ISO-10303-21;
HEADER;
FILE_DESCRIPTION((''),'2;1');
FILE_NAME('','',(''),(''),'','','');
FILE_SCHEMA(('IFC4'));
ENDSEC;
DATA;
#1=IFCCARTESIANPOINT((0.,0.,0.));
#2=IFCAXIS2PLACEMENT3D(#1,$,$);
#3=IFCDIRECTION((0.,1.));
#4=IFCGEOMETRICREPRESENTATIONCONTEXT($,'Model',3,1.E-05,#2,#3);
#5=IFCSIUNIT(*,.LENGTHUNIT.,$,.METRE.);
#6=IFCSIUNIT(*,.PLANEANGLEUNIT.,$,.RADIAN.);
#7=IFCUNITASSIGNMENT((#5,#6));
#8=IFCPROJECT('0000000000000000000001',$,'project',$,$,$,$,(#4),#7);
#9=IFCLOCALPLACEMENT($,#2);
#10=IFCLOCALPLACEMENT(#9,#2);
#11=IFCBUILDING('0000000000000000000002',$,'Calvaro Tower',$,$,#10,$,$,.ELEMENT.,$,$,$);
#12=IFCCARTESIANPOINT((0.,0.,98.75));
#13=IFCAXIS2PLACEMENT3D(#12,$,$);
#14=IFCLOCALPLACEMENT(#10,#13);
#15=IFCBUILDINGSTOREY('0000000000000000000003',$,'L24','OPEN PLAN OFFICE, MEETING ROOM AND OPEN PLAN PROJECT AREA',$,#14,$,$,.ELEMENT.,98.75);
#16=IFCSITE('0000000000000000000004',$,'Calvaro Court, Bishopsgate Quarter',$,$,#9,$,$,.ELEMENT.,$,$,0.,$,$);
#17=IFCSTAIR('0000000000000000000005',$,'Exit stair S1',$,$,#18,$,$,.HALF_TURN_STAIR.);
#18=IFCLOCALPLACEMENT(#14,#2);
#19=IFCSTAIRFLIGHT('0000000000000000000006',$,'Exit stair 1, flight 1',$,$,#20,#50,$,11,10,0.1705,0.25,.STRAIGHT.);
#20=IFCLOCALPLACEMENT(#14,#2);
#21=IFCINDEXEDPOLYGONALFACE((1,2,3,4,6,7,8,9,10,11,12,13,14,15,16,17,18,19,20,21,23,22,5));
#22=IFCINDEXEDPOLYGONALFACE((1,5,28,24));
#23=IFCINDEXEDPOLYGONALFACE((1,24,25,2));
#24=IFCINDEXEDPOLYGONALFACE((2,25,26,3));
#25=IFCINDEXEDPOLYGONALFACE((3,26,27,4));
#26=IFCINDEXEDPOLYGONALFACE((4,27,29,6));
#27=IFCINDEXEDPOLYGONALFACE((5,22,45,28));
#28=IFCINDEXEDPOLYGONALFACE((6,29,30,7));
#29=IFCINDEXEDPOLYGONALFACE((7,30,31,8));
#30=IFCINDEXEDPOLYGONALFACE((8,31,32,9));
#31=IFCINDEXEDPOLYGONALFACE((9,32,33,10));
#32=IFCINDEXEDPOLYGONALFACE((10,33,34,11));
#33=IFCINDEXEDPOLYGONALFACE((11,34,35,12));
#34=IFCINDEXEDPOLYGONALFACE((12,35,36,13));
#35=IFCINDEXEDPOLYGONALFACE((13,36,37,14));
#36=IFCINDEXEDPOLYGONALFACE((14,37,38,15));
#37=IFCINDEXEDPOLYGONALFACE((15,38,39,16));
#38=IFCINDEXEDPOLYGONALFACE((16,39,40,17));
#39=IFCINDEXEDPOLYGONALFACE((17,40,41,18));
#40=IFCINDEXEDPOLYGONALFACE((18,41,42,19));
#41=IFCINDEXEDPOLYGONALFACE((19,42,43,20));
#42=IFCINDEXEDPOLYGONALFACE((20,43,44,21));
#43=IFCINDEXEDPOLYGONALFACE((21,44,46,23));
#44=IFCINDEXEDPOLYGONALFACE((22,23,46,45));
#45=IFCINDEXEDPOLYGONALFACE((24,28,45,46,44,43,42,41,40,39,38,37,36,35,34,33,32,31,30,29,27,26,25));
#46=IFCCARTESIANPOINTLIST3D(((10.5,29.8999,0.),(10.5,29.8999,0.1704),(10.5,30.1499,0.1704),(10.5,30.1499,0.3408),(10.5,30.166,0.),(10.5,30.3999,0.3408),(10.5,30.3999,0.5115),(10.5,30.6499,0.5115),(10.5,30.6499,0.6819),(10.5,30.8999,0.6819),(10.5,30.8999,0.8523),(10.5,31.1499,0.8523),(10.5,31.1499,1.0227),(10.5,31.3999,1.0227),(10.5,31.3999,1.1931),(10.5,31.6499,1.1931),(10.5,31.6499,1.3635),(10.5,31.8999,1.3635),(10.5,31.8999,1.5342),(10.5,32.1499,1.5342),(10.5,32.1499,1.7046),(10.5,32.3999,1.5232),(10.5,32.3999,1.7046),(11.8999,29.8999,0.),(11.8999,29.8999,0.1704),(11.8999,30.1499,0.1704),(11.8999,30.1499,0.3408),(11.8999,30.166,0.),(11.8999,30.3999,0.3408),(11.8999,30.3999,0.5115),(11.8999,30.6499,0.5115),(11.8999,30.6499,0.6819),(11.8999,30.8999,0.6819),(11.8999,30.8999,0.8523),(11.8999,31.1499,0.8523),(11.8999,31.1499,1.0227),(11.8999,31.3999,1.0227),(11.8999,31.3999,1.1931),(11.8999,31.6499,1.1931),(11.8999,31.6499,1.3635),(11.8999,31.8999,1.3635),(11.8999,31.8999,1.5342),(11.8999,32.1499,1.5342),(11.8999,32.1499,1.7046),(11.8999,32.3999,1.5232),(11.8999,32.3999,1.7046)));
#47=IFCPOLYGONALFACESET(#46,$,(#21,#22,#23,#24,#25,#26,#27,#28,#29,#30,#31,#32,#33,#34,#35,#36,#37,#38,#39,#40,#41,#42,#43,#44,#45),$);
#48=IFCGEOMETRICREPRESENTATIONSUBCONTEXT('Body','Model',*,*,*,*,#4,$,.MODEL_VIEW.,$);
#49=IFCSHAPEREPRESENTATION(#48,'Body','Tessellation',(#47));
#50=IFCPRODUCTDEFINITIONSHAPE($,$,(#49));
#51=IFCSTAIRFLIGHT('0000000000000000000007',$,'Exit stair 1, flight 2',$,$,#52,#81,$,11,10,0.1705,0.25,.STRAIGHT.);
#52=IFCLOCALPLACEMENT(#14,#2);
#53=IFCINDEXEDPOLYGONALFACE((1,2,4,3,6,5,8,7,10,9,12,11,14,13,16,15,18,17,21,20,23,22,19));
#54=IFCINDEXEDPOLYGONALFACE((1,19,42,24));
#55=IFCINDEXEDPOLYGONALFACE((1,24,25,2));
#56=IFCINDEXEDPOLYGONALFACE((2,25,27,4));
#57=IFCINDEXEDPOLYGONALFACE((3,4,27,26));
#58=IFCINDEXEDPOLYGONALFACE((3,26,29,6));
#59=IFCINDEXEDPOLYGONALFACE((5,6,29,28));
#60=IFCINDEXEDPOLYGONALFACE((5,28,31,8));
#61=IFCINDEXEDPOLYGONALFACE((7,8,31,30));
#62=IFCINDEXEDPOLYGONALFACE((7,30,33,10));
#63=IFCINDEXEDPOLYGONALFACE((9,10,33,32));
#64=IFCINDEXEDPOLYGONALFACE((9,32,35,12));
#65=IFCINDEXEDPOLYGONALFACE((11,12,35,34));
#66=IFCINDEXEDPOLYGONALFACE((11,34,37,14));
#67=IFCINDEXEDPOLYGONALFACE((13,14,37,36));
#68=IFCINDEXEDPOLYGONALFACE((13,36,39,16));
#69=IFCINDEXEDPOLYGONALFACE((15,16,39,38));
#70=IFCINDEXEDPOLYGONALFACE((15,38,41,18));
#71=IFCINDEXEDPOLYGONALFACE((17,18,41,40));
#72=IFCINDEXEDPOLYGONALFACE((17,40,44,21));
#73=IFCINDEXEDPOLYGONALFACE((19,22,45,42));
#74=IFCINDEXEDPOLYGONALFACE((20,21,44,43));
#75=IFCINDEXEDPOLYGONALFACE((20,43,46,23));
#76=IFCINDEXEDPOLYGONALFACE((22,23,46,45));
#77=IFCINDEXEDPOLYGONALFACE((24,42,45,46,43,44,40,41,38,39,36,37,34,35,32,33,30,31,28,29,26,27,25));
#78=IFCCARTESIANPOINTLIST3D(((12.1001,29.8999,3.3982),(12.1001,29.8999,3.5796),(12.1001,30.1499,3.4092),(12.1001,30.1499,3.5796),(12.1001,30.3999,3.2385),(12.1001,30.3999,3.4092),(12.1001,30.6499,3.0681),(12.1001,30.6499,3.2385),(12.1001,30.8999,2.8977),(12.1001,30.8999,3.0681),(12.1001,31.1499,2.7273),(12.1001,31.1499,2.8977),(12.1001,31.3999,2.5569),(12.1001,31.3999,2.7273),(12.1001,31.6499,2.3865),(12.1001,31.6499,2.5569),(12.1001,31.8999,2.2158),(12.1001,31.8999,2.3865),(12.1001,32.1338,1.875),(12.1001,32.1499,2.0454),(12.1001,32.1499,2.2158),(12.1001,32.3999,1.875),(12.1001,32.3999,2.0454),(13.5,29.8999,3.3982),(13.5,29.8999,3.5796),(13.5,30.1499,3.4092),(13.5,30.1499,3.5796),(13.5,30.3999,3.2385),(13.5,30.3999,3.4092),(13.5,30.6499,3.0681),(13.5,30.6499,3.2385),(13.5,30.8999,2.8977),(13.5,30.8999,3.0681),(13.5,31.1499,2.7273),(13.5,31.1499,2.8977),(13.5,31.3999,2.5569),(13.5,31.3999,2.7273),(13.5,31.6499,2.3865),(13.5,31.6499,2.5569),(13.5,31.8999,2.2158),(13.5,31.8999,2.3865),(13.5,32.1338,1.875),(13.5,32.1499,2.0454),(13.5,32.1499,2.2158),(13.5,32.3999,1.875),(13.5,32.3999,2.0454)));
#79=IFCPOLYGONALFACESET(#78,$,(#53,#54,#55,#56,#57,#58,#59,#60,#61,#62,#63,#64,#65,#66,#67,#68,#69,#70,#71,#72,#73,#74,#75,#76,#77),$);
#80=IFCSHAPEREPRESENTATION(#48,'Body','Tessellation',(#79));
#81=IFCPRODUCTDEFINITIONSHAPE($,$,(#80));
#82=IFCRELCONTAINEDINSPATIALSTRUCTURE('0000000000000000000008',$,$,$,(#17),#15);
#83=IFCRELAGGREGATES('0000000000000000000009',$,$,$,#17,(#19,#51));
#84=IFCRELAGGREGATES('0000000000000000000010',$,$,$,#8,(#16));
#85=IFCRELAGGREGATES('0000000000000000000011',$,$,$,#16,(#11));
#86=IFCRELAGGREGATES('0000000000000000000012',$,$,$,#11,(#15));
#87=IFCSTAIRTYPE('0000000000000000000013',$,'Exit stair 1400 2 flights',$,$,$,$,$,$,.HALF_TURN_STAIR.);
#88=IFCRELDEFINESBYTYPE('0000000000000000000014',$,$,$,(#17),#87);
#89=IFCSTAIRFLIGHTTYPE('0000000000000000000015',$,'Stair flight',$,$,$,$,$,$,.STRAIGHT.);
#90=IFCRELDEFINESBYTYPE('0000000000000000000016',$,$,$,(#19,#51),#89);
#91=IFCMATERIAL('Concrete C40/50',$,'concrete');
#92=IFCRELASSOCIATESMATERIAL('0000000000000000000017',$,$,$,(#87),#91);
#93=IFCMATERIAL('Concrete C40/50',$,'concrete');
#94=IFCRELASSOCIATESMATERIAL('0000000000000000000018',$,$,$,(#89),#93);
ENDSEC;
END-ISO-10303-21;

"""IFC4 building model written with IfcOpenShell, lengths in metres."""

from ifc_helpers import new_model, si_unit, direction, frame, origin, place, context, subcontext, project, spatial, polyline, outline, extrude, material, type_object, element, aggregate, save


model = new_model("IFC4")

# Units and contexts
model_context = context("Model", 3, precision=1e-05, world=origin(), true_north=direction((0.0, 1.0)))
body_context = subcontext(model_context, "Body", "Model", "MODEL_VIEW")
ifc_project = project(units=[si_unit("LENGTHUNIT", "METRE"), si_unit("PLANEANGLEUNIT", "RADIAN")], contexts=[model_context])

# Site, building, storey
site_placement = place(None, origin())
site = spatial("IfcSite", under=ifc_project, at=site_placement, Name="Calvaro Court, Bishopsgate Quarter", CompositionType="ELEMENT", RefElevation=0.0)
building_placement = place(site_placement, origin())
building = spatial("IfcBuilding", under=site, at=building_placement, Name="Calvaro Tower", CompositionType="ELEMENT")
storey_placement = place(building_placement, frame((0.0, 0.0, 98.75)))
storey = spatial("IfcBuildingStorey", under=building, at=storey_placement, Name="L24", Description="OPEN PLAN OFFICE, MEETING ROOM AND OPEN PLAN PROJECT AREA", CompositionType="ELEMENT", Elevation=98.75)

# Stair, stair flights
ifc_material_1 = material(Name="Concrete C40/50", Category="concrete")
stair_type = type_object("IfcStairType", Name="Exit stair 1400 2 flights", PredefinedType="HALF_TURN_STAIR", material=ifc_material_1)
stair_placement = place(storey_placement, origin())
stair = element("IfcStair", 1, at=stair_placement, inside=storey, type_object=stair_type, Name="Exit stair S1", PredefinedType="HALF_TURN_STAIR")
ifc_material_2 = material(Name="Concrete C40/50", Category="concrete")
stair_flight_type = type_object("IfcStairFlightType", Name="Stair flight", PredefinedType="STRAIGHT", material=ifc_material_2)
stair_flight_1_placement = place(storey_placement, frame((11.2, 29.8999, 0.0), z_axis=(0.0, 0.0, 1.0), x_axis=(0.0, 1.0, 0.0)))
stair_flight_1 = element("IfcStairFlight", 2, at=stair_flight_1_placement, type_object=stair_flight_type, Name="Exit stair 1, flight 1", NumberOfRisers=11, NumberOfTreads=10, PredefinedType="STRAIGHT", RiserHeight=0.1705, TreadLength=0.25, context=body_context, shape_type="SweptSolid", body=[
    extrude(outline(polyline([(0.0, 0.0), (0.0, 0.1704), (0.25, 0.1704), (0.25, 0.3408), (0.5, 0.3408), (0.5, 0.5115), (0.75, 0.5115), (0.75, 0.6819), (1.0, 0.6819), (1.0, 0.8523), (1.25, 0.8523), (1.25, 1.0227), (1.5, 1.0227), (1.5, 1.1931), (1.75, 1.1931), (1.75, 1.3635), (2.0, 1.3635), (2.0, 1.5342), (2.25, 1.5342), (2.25, 1.7046), (2.5, 1.7046), (2.5, 1.875), (2.5, 1.5232), (0.2661, 0.0), (0.0, 0.0)])), frame((0.0, 0.7, 0.0), z_axis=(0.0, -1.0, 0.0), x_axis=(1.0, 0.0, 0.0)), (0.0, 0.0, 1.0), 1.3999),
])
stair_flight_2_placement = place(storey_placement, frame((12.8, 32.3999, 1.875), z_axis=(0.0, 0.0, 1.0), x_axis=(0.0, -1.0, 0.0)))
stair_flight_2 = element("IfcStairFlight", 3, at=stair_flight_2_placement, type_object=stair_flight_type, Name="Exit stair 1, flight 2", NumberOfRisers=11, NumberOfTreads=10, PredefinedType="STRAIGHT", RiserHeight=0.1705, TreadLength=0.25, context=body_context, shape_type="SweptSolid", body=[
    extrude(outline(polyline([(0.0, 0.0), (0.0, 0.1704), (0.25, 0.1704), (0.25, 0.3408), (0.5, 0.3408), (0.5, 0.5115), (0.75, 0.5115), (0.75, 0.6819), (1.0, 0.6819), (1.0, 0.8523), (1.25, 0.8523), (1.25, 1.0227), (1.5, 1.0227), (1.5, 1.1931), (1.75, 1.1931), (1.75, 1.3635), (2.0, 1.3635), (2.0, 1.5342), (2.25, 1.5342), (2.25, 1.7046), (2.5, 1.7046), (2.5, 1.875), (2.5, 1.5232), (0.2661, 0.0), (0.0, 0.0)])), frame((0.0, 0.7, 0.0), z_axis=(0.0, -1.0, 0.0), x_axis=(1.0, 0.0, 0.0)), (0.0, 0.0, 1.0), 1.3999),
])
aggregate(stair, [stair_flight_1, stair_flight_2])

save(model, "model.ifc")
